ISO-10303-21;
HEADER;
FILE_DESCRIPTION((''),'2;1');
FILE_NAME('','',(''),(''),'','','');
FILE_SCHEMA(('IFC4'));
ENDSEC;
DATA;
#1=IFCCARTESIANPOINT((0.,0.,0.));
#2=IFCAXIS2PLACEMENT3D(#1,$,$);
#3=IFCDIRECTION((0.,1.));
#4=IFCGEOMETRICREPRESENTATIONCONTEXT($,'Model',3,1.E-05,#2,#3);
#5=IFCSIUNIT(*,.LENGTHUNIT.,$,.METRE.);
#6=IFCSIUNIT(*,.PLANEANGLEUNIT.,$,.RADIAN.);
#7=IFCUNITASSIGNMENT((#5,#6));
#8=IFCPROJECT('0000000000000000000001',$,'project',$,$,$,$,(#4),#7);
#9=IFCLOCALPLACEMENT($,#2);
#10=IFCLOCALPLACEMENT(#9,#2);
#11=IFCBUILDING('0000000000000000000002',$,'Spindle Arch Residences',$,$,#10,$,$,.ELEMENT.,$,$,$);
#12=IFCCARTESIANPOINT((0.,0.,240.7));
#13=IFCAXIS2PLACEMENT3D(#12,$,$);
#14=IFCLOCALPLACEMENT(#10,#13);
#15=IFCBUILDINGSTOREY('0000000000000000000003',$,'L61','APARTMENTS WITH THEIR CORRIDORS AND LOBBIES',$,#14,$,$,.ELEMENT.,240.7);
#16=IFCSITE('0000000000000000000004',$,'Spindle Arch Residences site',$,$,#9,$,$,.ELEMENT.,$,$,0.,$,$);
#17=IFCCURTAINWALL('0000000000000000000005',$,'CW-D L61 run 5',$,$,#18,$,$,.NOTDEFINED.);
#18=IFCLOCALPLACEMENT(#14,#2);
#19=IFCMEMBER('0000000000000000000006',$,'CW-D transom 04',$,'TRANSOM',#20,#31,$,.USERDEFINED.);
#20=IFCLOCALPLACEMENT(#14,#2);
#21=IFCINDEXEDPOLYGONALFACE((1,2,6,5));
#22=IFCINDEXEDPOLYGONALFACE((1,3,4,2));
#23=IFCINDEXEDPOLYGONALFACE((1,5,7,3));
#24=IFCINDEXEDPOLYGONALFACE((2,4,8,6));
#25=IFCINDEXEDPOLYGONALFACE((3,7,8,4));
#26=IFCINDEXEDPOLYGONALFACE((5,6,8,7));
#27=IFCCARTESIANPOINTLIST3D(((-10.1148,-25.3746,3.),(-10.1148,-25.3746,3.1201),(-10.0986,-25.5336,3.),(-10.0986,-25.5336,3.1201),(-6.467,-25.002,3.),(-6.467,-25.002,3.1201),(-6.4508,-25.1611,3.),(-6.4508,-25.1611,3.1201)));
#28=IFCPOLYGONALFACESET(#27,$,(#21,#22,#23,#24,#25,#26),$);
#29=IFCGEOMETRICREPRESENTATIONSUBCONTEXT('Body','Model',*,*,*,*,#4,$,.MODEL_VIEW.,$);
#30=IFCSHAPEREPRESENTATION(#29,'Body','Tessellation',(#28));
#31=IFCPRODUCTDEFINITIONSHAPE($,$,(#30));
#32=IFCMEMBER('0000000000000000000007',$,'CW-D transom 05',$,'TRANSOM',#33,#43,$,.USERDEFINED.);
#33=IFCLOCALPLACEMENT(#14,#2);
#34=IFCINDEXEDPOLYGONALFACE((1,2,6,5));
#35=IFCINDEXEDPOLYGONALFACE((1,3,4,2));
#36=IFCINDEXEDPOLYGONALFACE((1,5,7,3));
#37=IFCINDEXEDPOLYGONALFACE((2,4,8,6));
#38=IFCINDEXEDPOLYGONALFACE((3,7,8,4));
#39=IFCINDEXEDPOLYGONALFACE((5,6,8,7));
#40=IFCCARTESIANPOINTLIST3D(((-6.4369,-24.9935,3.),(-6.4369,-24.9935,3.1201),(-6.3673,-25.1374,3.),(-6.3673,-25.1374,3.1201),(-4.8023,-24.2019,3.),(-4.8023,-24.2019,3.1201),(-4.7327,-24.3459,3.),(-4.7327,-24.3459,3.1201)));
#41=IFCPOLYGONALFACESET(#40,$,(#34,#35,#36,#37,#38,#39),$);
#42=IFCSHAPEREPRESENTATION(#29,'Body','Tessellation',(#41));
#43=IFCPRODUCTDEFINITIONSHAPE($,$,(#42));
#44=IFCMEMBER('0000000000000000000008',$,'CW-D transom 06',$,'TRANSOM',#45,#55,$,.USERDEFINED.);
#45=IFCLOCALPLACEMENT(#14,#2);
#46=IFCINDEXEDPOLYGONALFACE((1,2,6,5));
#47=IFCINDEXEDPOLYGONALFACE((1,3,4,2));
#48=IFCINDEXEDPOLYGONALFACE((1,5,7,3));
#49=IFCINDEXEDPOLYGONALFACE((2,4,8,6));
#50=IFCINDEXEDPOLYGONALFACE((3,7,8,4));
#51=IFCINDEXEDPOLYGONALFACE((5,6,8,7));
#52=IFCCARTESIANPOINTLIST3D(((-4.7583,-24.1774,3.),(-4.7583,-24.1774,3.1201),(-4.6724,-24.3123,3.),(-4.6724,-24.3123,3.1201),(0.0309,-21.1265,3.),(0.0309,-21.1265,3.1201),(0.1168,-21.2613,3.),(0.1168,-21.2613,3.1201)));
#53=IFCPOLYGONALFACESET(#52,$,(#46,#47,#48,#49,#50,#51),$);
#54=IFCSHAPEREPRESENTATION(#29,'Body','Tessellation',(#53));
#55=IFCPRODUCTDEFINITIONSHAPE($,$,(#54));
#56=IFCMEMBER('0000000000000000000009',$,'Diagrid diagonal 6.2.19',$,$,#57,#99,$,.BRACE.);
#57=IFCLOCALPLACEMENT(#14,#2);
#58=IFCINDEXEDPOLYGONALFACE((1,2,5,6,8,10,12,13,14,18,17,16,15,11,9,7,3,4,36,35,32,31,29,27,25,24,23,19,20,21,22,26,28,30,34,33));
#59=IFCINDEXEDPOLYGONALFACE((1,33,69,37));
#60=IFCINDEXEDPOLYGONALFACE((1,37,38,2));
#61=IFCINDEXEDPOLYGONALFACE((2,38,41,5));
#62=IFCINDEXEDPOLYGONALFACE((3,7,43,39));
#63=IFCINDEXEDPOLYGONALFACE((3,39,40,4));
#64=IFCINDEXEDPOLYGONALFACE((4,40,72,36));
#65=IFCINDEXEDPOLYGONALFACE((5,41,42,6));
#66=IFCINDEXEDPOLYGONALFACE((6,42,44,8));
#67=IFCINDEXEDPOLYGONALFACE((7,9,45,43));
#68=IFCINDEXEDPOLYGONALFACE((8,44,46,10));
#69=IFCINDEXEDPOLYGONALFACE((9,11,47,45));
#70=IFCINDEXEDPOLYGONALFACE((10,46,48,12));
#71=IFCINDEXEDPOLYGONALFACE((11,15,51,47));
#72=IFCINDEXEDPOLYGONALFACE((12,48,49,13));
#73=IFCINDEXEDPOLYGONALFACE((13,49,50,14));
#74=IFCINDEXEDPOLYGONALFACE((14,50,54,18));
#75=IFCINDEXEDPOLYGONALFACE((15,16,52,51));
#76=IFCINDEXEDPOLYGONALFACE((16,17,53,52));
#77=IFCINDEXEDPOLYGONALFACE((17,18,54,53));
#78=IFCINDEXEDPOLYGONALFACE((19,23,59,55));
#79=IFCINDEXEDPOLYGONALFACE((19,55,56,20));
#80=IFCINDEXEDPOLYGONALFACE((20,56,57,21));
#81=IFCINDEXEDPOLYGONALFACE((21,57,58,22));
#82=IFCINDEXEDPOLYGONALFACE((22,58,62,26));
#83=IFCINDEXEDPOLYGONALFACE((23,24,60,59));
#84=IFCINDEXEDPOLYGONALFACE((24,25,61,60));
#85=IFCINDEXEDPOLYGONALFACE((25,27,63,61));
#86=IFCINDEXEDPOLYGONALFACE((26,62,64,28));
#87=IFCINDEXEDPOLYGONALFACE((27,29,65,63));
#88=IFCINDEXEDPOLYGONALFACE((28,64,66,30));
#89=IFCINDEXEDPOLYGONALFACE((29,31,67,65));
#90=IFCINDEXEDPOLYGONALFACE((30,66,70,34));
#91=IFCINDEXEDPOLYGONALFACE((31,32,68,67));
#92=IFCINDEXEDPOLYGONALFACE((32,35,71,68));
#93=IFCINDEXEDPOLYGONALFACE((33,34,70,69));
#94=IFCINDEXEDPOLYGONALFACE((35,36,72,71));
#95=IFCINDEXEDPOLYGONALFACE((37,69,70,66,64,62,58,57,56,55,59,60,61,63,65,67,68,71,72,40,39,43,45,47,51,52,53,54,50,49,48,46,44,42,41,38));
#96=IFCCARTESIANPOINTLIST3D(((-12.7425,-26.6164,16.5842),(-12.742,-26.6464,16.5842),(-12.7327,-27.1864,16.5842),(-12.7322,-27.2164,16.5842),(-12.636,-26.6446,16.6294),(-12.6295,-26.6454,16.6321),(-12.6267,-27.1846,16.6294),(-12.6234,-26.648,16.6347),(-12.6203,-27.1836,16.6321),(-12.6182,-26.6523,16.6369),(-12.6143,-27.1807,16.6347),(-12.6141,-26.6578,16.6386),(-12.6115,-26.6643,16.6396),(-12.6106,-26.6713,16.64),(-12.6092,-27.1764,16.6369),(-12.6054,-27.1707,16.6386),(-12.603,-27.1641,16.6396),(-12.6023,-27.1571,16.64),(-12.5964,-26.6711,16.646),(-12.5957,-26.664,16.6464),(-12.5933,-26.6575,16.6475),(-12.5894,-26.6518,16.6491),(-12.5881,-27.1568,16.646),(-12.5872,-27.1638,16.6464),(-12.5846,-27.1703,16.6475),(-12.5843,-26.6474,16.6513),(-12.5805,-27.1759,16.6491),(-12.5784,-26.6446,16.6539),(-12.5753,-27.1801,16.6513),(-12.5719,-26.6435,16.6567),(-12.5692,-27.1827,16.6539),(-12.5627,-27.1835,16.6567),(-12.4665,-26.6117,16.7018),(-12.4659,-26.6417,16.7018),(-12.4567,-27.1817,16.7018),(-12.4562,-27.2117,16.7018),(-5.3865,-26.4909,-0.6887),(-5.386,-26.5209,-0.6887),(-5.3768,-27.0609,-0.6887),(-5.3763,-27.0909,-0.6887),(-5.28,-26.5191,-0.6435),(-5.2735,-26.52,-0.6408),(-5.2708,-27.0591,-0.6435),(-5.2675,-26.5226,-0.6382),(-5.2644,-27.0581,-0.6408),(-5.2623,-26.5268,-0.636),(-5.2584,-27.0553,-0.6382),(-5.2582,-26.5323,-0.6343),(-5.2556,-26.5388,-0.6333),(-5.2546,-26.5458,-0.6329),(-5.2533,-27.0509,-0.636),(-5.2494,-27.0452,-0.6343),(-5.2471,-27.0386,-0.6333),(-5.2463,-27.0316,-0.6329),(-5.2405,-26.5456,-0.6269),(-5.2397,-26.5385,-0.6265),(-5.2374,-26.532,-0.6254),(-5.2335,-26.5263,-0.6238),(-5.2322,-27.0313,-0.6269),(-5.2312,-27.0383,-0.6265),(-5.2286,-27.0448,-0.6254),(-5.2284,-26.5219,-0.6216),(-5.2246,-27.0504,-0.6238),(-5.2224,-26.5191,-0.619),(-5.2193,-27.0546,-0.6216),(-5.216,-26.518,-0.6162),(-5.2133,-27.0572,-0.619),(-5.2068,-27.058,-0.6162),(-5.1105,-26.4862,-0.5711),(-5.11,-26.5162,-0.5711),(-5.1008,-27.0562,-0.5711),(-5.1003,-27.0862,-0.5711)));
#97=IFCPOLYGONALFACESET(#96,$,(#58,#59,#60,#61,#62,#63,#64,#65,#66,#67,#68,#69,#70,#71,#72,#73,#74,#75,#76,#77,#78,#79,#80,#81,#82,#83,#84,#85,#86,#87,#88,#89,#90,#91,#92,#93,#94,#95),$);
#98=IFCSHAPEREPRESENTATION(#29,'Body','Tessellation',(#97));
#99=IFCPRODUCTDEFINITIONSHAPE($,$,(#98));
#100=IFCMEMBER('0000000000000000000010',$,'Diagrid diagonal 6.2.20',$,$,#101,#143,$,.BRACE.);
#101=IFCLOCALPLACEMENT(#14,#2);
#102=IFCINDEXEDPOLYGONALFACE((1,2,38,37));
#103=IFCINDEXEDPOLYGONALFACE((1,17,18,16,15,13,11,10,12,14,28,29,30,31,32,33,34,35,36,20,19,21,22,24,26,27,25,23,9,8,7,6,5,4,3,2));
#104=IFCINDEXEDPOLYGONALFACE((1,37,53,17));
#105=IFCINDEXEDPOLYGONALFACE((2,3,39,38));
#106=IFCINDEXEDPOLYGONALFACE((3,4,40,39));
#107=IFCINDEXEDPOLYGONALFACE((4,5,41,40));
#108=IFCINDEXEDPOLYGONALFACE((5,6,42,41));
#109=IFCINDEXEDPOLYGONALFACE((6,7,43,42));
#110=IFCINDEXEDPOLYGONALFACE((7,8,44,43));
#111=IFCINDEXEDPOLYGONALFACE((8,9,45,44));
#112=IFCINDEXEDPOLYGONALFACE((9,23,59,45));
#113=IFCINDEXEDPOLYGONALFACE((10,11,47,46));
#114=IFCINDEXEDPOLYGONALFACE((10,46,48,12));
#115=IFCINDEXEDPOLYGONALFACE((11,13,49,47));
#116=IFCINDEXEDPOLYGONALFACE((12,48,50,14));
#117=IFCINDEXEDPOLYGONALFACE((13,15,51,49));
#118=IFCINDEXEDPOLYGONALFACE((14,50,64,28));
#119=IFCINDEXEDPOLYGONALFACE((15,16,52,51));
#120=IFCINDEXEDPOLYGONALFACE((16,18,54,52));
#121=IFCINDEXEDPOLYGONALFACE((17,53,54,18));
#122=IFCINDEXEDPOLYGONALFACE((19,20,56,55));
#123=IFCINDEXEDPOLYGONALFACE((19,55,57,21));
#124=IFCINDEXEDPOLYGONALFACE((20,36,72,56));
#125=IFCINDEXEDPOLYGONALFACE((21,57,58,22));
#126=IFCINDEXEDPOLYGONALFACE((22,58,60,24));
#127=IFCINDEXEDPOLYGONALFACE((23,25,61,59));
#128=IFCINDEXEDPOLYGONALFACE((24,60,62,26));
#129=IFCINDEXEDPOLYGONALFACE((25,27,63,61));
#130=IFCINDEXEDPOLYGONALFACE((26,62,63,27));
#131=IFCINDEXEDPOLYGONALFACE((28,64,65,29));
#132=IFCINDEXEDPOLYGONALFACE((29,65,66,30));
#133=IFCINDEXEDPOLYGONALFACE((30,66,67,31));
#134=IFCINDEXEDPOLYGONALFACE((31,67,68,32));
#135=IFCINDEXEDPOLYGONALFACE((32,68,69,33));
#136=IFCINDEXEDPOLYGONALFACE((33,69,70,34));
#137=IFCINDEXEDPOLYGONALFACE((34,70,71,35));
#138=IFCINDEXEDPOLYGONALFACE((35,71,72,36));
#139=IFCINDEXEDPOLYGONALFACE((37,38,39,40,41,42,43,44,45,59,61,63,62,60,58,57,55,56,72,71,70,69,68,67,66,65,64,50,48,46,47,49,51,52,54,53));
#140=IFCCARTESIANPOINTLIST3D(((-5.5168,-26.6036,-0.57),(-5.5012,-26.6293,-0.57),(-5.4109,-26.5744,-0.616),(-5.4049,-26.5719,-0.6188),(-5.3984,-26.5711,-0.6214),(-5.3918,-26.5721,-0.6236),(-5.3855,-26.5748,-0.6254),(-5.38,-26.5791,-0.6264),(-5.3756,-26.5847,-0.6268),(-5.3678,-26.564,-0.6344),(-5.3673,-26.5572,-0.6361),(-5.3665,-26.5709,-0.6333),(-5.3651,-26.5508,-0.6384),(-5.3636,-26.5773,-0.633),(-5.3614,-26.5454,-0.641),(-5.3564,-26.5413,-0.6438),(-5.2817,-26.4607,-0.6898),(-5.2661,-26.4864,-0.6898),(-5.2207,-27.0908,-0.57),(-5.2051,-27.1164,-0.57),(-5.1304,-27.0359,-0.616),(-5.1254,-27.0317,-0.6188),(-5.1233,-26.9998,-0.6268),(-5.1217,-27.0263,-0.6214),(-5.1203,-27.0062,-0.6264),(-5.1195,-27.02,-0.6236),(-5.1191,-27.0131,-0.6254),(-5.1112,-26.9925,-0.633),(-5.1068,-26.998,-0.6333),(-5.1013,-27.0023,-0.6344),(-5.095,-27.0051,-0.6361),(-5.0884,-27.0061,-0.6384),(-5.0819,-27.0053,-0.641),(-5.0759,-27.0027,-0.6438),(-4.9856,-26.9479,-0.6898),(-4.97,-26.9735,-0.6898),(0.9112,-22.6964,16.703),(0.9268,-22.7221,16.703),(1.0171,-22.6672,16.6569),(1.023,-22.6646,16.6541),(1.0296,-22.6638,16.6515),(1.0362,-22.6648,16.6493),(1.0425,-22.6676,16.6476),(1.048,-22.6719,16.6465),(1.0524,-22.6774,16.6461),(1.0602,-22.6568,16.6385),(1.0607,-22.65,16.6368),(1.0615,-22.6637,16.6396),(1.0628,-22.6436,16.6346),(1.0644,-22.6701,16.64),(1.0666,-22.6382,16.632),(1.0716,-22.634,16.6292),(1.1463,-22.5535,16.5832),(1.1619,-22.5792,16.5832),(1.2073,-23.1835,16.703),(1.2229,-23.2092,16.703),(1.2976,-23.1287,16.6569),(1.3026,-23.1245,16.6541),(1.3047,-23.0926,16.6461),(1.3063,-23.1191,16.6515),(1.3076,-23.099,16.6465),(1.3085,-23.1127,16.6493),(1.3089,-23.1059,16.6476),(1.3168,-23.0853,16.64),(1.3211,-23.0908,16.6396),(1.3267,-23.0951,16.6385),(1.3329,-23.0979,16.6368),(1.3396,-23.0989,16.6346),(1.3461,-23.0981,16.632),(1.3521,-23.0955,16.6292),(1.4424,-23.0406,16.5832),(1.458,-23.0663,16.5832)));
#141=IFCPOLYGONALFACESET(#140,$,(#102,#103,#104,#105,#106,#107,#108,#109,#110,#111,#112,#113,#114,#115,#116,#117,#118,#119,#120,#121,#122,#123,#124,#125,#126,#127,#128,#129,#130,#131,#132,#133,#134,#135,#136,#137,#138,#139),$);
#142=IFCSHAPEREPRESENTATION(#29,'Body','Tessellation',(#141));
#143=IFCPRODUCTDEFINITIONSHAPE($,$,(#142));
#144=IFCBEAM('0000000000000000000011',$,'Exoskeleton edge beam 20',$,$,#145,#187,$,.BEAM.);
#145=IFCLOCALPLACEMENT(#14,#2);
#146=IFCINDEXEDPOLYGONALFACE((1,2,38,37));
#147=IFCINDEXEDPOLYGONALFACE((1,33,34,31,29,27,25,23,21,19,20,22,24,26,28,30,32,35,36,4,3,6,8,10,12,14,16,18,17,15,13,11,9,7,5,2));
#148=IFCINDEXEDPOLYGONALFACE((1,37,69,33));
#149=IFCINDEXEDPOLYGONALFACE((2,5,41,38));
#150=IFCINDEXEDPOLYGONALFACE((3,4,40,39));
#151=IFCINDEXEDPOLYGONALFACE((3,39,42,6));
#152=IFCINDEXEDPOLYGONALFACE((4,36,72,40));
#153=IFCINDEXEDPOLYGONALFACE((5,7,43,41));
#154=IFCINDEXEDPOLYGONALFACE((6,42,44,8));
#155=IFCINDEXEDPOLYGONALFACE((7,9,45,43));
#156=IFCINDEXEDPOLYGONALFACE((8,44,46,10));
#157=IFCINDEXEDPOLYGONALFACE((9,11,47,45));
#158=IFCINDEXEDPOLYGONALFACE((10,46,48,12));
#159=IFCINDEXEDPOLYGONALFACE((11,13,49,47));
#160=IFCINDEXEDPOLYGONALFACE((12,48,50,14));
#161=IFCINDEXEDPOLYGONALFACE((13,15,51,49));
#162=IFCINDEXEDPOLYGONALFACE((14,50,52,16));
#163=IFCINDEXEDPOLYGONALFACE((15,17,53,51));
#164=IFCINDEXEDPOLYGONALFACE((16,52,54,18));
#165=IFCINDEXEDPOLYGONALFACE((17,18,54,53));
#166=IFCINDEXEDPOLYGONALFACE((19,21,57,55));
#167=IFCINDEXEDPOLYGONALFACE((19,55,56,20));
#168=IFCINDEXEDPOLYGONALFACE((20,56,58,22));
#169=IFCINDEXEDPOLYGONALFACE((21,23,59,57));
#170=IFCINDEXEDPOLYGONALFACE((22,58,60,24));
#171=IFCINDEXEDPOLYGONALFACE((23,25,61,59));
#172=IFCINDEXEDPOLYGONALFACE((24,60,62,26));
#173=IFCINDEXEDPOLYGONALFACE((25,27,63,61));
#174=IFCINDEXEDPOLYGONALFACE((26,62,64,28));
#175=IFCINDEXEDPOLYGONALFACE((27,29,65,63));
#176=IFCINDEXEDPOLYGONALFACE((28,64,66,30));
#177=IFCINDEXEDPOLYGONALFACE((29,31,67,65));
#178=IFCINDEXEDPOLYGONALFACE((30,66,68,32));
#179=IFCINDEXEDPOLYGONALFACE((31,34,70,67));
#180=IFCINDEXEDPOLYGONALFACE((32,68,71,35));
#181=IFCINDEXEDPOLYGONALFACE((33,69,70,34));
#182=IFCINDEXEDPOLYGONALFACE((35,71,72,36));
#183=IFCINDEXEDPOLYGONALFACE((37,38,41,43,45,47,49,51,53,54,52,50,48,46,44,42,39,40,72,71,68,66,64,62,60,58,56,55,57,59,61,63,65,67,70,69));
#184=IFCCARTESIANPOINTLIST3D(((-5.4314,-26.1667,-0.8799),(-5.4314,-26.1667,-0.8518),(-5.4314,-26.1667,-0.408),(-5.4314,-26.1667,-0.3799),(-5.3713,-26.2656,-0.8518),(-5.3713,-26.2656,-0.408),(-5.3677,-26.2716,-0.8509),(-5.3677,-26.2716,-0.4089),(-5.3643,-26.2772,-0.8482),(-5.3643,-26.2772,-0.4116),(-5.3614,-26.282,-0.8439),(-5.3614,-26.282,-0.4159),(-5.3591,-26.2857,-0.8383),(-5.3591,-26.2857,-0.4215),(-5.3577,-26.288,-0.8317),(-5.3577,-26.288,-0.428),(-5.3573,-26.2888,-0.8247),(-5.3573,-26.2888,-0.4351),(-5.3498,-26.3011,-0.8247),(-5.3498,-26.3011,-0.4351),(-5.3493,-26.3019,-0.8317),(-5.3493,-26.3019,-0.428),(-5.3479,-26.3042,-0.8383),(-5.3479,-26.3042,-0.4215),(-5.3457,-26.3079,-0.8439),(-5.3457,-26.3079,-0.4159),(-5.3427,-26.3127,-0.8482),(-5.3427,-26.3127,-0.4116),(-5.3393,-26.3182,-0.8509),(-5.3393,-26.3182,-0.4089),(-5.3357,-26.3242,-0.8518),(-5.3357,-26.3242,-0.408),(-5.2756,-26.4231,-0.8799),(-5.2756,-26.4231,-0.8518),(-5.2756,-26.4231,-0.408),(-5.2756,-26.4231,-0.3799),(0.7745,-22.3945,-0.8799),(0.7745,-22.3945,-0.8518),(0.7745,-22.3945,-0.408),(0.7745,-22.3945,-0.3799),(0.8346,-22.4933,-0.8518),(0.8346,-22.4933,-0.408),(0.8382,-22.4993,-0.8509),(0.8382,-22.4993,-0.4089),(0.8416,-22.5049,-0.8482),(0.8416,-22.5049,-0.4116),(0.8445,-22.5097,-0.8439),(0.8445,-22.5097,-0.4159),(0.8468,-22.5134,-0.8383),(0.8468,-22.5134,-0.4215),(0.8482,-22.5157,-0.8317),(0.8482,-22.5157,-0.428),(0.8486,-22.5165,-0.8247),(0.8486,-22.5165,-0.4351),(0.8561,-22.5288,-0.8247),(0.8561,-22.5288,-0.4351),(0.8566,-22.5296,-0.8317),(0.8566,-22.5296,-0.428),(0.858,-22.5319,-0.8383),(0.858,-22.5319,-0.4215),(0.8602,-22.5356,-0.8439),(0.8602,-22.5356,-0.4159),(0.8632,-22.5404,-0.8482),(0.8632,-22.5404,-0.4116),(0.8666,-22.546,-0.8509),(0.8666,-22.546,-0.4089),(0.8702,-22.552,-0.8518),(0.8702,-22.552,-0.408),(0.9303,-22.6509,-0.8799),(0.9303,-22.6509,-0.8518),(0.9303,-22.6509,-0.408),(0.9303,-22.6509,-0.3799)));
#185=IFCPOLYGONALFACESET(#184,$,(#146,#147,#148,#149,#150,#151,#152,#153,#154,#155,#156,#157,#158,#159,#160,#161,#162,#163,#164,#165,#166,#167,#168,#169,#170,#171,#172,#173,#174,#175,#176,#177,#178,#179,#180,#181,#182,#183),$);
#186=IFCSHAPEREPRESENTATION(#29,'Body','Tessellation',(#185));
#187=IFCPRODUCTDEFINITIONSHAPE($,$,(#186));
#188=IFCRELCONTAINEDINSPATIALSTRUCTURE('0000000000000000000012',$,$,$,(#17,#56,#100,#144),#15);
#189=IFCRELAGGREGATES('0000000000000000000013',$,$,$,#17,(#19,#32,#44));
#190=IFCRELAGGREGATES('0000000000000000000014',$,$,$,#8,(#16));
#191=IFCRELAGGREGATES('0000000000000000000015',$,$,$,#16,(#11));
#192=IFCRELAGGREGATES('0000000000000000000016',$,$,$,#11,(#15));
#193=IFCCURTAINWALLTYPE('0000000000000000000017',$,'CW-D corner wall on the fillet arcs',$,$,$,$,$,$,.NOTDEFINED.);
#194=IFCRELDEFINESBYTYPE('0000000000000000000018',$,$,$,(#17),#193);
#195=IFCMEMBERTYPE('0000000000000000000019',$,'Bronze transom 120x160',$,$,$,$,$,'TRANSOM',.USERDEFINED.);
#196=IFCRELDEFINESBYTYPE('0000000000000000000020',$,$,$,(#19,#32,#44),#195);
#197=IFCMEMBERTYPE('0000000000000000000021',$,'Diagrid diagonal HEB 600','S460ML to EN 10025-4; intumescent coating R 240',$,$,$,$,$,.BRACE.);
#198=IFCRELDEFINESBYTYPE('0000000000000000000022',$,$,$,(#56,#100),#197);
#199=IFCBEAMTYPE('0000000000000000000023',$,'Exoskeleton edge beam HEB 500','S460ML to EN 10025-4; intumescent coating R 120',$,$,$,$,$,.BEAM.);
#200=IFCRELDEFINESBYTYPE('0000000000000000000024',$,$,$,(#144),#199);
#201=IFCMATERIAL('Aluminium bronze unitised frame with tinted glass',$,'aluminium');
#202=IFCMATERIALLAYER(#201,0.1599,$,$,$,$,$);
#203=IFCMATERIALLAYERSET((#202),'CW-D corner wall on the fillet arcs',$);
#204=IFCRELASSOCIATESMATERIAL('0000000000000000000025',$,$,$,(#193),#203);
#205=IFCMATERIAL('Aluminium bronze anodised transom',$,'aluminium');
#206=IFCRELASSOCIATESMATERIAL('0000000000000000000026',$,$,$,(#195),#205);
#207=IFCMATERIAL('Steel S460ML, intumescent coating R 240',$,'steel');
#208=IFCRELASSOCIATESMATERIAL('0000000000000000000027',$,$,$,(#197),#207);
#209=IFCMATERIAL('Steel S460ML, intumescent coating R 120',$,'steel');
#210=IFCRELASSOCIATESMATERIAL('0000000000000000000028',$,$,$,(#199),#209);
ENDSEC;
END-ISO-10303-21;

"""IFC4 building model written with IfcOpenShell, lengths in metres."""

from ifc_helpers import new_model, si_unit, direction, frame, origin, origin_2d, place, context, subcontext, project, spatial, rectangle, i_section, extrude, material, layer, layer_set, material_profile, profile_set, type_object, element, aggregate, save


model = new_model("IFC4")

# Units and contexts
model_context = context("Model", 3, precision=1e-05, world=origin(), true_north=direction((0.0, 1.0)))
body_context = subcontext(model_context, "Body", "Model", "MODEL_VIEW")
ifc_project = project(units=[si_unit("LENGTHUNIT", "METRE"), si_unit("PLANEANGLEUNIT", "RADIAN")], contexts=[model_context])

# Site, building, storey
site_placement = place(None, origin())
site = spatial("IfcSite", under=ifc_project, at=site_placement, Name="Spindle Arch Residences site", CompositionType="ELEMENT", RefElevation=0.0)
building_placement = place(site_placement, origin())
building = spatial("IfcBuilding", under=site, at=building_placement, Name="Spindle Arch Residences", CompositionType="ELEMENT")
storey_placement = place(building_placement, frame((0.0, 0.0, 240.7)))
storey = spatial("IfcBuildingStorey", under=building, at=storey_placement, Name="L61", Description="APARTMENTS WITH THEIR CORRIDORS AND LOBBIES", CompositionType="ELEMENT", Elevation=240.7)

# Curtain wall, members
ifc_material_1 = material(Name="Aluminium bronze unitised frame with tinted glass", Category="aluminium")
ifc_layer_1 = layer(ifc_material_1, 0.1599)
ifc_layer_set_1 = layer_set([ifc_layer_1], Name="CW-D corner wall on the fillet arcs")
curtain_wall_type = type_object("IfcCurtainWallType", Name="CW-D corner wall on the fillet arcs", PredefinedType="NOTDEFINED", material=ifc_layer_set_1)
curtain_wall_placement = place(storey_placement, origin())
curtain_wall = element("IfcCurtainWall", 1, at=curtain_wall_placement, inside=storey, type_object=curtain_wall_type, Name="CW-D L61 run 5", PredefinedType="NOTDEFINED")
ifc_material_2 = material(Name="Aluminium bronze anodised transom", Category="aluminium")
ifc_material_profile_1 = material_profile(ifc_material_2, rectangle(XDim=0.1599, YDim=0.1201, at=origin_2d()), Name="TR 120x160")
ifc_profile_set_1 = profile_set([ifc_material_profile_1], Name="Aluminium bronze anodised transom")
member_type_1 = type_object("IfcMemberType", Name="Bronze transom 120x160", ElementType="TRANSOM", PredefinedType="USERDEFINED", material=ifc_profile_set_1)
member_1_placement = place(storey_placement, frame((-10.1067, -25.4541, 3.0601), z_axis=(0.994825, 0.101606, 0.0), x_axis=(-0.101606, 0.994825, 0.0)))
member_1 = element("IfcMember", 2, at=member_1_placement, type_object=member_type_1, Name="CW-D transom 04", ObjectType="TRANSOM", PredefinedType="USERDEFINED", context=body_context, shape_type="SweptSolid", body=[
    extrude(rectangle(XDim=0.1599, YDim=0.1201, at=origin_2d()), origin(), (0.0, 0.0, 1.0), 3.6667),
])
member_2_placement = place(storey_placement, frame((-6.4021, -25.0654, 3.0601), z_axis=(0.900028, 0.435831, 0.0), x_axis=(-0.435831, 0.900028, 0.0)))
member_2 = element("IfcMember", 3, at=member_2_placement, type_object=member_type_1, Name="CW-D transom 05", ObjectType="TRANSOM", PredefinedType="USERDEFINED", context=body_context, shape_type="SweptSolid", body=[
    extrude(rectangle(XDim=0.1599, YDim=0.1201, at=origin_2d()), origin(), (0.0, 0.0, 1.0), 1.8162),
])
member_3_placement = place(storey_placement, frame((-4.7153, -24.2449, 3.0601), z_axis=(0.843399, 0.537287, 0.0), x_axis=(-0.537287, 0.843399, 0.0)))
member_3 = element("IfcMember", 4, at=member_3_placement, type_object=member_type_1, Name="CW-D transom 06", ObjectType="TRANSOM", PredefinedType="USERDEFINED", context=body_context, shape_type="SweptSolid", body=[
    extrude(rectangle(XDim=0.1599, YDim=0.1201, at=origin_2d()), origin(), (0.0, 0.0, 1.0), 5.6785),
])

# Members
ifc_material_3 = material(Name="Steel S460ML, intumescent coating R 240", Category="steel")
ifc_material_profile_2 = material_profile(ifc_material_3, i_section(OverallWidth=0.3, OverallDepth=0.6001, WebThickness=0.0154, FlangeThickness=0.03, FilletRadius=0.0271, at=origin_2d()), Name="HEB 600")
ifc_profile_set_2 = profile_set([ifc_material_profile_2], Name="Steel S460ML, intumescent coating R 240")
member_type_2 = type_object("IfcMemberType", Name="Diagrid diagonal HEB 600", Description="S460ML to EN 10025-4; intumescent coating R 240", PredefinedType="BRACE", material=ifc_profile_set_2)
member_4_placement = place(storey_placement, frame((-5.2434, -26.7886, -0.6299), z_axis=(-0.391806, -0.006684, 0.920023), x_axis=(0.91989, 0.015693, 0.391863)))
element("IfcMember", 5, at=member_4_placement, inside=storey, type_object=member_type_2, Name="Diagrid diagonal 6.2.19", PredefinedType="BRACE", context=body_context, shape_type="SweptSolid", body=[
    extrude(i_section(OverallWidth=0.3, OverallDepth=0.6001, WebThickness=0.0154, FlangeThickness=0.03, FilletRadius=0.0271, at=origin_2d()), origin(), (0.0, 0.0, 1.0), 18.7744),
])
member_5_placement = place(storey_placement, frame((-5.2434, -26.7886, -0.6299), z_axis=(0.34119, 0.207392, 0.91683), x_axis=(-0.78345, -0.476218, 0.399277)))
element("IfcMember", 6, at=member_5_placement, inside=storey, type_object=member_type_2, Name="Diagrid diagonal 6.2.20", PredefinedType="BRACE", context=body_context, shape_type="SweptSolid", body=[
    extrude(i_section(OverallWidth=0.3, OverallDepth=0.6001, WebThickness=0.0154, FlangeThickness=0.03, FilletRadius=0.0271, at=origin_2d()), origin(), (0.0, 0.0, 1.0), 18.8398),
])

# Beam
ifc_material_4 = material(Name="Steel S460ML, intumescent coating R 120", Category="steel")
ifc_material_profile_3 = material_profile(ifc_material_4, i_section(OverallWidth=0.3, OverallDepth=0.5, WebThickness=0.0144, FlangeThickness=0.0281, FilletRadius=0.0271, at=origin_2d()), Name="HEB 500")
ifc_profile_set_3 = profile_set([ifc_material_profile_3], Name="Steel S460ML, intumescent coating R 120")
beam_type_1 = type_object("IfcBeamType", Name="Exoskeleton edge beam HEB 500", Description="S460ML to EN 10025-4; intumescent coating R 120", PredefinedType="BEAM", material=ifc_profile_set_3)
beam_1_placement = place(storey_placement, frame((-5.3535, -26.2949, -0.6299), z_axis=(0.854518, 0.519421, 0.0), x_axis=(-0.519421, 0.854518, 0.0)))
element("IfcBeam", 7, at=beam_1_placement, inside=storey, type_object=beam_type_1, Name="Exoskeleton edge beam 20", PredefinedType="BEAM", context=body_context, shape_type="SweptSolid", body=[
    extrude(i_section(OverallWidth=0.3, OverallDepth=0.5, WebThickness=0.0144, FlangeThickness=0.0281, FilletRadius=0.0271, at=origin_2d()), origin(), (0.0, 0.0, 1.0), 7.2625),
])

aggregate(curtain_wall, [member_1, member_2, member_3])

save(model, "model.ifc")
